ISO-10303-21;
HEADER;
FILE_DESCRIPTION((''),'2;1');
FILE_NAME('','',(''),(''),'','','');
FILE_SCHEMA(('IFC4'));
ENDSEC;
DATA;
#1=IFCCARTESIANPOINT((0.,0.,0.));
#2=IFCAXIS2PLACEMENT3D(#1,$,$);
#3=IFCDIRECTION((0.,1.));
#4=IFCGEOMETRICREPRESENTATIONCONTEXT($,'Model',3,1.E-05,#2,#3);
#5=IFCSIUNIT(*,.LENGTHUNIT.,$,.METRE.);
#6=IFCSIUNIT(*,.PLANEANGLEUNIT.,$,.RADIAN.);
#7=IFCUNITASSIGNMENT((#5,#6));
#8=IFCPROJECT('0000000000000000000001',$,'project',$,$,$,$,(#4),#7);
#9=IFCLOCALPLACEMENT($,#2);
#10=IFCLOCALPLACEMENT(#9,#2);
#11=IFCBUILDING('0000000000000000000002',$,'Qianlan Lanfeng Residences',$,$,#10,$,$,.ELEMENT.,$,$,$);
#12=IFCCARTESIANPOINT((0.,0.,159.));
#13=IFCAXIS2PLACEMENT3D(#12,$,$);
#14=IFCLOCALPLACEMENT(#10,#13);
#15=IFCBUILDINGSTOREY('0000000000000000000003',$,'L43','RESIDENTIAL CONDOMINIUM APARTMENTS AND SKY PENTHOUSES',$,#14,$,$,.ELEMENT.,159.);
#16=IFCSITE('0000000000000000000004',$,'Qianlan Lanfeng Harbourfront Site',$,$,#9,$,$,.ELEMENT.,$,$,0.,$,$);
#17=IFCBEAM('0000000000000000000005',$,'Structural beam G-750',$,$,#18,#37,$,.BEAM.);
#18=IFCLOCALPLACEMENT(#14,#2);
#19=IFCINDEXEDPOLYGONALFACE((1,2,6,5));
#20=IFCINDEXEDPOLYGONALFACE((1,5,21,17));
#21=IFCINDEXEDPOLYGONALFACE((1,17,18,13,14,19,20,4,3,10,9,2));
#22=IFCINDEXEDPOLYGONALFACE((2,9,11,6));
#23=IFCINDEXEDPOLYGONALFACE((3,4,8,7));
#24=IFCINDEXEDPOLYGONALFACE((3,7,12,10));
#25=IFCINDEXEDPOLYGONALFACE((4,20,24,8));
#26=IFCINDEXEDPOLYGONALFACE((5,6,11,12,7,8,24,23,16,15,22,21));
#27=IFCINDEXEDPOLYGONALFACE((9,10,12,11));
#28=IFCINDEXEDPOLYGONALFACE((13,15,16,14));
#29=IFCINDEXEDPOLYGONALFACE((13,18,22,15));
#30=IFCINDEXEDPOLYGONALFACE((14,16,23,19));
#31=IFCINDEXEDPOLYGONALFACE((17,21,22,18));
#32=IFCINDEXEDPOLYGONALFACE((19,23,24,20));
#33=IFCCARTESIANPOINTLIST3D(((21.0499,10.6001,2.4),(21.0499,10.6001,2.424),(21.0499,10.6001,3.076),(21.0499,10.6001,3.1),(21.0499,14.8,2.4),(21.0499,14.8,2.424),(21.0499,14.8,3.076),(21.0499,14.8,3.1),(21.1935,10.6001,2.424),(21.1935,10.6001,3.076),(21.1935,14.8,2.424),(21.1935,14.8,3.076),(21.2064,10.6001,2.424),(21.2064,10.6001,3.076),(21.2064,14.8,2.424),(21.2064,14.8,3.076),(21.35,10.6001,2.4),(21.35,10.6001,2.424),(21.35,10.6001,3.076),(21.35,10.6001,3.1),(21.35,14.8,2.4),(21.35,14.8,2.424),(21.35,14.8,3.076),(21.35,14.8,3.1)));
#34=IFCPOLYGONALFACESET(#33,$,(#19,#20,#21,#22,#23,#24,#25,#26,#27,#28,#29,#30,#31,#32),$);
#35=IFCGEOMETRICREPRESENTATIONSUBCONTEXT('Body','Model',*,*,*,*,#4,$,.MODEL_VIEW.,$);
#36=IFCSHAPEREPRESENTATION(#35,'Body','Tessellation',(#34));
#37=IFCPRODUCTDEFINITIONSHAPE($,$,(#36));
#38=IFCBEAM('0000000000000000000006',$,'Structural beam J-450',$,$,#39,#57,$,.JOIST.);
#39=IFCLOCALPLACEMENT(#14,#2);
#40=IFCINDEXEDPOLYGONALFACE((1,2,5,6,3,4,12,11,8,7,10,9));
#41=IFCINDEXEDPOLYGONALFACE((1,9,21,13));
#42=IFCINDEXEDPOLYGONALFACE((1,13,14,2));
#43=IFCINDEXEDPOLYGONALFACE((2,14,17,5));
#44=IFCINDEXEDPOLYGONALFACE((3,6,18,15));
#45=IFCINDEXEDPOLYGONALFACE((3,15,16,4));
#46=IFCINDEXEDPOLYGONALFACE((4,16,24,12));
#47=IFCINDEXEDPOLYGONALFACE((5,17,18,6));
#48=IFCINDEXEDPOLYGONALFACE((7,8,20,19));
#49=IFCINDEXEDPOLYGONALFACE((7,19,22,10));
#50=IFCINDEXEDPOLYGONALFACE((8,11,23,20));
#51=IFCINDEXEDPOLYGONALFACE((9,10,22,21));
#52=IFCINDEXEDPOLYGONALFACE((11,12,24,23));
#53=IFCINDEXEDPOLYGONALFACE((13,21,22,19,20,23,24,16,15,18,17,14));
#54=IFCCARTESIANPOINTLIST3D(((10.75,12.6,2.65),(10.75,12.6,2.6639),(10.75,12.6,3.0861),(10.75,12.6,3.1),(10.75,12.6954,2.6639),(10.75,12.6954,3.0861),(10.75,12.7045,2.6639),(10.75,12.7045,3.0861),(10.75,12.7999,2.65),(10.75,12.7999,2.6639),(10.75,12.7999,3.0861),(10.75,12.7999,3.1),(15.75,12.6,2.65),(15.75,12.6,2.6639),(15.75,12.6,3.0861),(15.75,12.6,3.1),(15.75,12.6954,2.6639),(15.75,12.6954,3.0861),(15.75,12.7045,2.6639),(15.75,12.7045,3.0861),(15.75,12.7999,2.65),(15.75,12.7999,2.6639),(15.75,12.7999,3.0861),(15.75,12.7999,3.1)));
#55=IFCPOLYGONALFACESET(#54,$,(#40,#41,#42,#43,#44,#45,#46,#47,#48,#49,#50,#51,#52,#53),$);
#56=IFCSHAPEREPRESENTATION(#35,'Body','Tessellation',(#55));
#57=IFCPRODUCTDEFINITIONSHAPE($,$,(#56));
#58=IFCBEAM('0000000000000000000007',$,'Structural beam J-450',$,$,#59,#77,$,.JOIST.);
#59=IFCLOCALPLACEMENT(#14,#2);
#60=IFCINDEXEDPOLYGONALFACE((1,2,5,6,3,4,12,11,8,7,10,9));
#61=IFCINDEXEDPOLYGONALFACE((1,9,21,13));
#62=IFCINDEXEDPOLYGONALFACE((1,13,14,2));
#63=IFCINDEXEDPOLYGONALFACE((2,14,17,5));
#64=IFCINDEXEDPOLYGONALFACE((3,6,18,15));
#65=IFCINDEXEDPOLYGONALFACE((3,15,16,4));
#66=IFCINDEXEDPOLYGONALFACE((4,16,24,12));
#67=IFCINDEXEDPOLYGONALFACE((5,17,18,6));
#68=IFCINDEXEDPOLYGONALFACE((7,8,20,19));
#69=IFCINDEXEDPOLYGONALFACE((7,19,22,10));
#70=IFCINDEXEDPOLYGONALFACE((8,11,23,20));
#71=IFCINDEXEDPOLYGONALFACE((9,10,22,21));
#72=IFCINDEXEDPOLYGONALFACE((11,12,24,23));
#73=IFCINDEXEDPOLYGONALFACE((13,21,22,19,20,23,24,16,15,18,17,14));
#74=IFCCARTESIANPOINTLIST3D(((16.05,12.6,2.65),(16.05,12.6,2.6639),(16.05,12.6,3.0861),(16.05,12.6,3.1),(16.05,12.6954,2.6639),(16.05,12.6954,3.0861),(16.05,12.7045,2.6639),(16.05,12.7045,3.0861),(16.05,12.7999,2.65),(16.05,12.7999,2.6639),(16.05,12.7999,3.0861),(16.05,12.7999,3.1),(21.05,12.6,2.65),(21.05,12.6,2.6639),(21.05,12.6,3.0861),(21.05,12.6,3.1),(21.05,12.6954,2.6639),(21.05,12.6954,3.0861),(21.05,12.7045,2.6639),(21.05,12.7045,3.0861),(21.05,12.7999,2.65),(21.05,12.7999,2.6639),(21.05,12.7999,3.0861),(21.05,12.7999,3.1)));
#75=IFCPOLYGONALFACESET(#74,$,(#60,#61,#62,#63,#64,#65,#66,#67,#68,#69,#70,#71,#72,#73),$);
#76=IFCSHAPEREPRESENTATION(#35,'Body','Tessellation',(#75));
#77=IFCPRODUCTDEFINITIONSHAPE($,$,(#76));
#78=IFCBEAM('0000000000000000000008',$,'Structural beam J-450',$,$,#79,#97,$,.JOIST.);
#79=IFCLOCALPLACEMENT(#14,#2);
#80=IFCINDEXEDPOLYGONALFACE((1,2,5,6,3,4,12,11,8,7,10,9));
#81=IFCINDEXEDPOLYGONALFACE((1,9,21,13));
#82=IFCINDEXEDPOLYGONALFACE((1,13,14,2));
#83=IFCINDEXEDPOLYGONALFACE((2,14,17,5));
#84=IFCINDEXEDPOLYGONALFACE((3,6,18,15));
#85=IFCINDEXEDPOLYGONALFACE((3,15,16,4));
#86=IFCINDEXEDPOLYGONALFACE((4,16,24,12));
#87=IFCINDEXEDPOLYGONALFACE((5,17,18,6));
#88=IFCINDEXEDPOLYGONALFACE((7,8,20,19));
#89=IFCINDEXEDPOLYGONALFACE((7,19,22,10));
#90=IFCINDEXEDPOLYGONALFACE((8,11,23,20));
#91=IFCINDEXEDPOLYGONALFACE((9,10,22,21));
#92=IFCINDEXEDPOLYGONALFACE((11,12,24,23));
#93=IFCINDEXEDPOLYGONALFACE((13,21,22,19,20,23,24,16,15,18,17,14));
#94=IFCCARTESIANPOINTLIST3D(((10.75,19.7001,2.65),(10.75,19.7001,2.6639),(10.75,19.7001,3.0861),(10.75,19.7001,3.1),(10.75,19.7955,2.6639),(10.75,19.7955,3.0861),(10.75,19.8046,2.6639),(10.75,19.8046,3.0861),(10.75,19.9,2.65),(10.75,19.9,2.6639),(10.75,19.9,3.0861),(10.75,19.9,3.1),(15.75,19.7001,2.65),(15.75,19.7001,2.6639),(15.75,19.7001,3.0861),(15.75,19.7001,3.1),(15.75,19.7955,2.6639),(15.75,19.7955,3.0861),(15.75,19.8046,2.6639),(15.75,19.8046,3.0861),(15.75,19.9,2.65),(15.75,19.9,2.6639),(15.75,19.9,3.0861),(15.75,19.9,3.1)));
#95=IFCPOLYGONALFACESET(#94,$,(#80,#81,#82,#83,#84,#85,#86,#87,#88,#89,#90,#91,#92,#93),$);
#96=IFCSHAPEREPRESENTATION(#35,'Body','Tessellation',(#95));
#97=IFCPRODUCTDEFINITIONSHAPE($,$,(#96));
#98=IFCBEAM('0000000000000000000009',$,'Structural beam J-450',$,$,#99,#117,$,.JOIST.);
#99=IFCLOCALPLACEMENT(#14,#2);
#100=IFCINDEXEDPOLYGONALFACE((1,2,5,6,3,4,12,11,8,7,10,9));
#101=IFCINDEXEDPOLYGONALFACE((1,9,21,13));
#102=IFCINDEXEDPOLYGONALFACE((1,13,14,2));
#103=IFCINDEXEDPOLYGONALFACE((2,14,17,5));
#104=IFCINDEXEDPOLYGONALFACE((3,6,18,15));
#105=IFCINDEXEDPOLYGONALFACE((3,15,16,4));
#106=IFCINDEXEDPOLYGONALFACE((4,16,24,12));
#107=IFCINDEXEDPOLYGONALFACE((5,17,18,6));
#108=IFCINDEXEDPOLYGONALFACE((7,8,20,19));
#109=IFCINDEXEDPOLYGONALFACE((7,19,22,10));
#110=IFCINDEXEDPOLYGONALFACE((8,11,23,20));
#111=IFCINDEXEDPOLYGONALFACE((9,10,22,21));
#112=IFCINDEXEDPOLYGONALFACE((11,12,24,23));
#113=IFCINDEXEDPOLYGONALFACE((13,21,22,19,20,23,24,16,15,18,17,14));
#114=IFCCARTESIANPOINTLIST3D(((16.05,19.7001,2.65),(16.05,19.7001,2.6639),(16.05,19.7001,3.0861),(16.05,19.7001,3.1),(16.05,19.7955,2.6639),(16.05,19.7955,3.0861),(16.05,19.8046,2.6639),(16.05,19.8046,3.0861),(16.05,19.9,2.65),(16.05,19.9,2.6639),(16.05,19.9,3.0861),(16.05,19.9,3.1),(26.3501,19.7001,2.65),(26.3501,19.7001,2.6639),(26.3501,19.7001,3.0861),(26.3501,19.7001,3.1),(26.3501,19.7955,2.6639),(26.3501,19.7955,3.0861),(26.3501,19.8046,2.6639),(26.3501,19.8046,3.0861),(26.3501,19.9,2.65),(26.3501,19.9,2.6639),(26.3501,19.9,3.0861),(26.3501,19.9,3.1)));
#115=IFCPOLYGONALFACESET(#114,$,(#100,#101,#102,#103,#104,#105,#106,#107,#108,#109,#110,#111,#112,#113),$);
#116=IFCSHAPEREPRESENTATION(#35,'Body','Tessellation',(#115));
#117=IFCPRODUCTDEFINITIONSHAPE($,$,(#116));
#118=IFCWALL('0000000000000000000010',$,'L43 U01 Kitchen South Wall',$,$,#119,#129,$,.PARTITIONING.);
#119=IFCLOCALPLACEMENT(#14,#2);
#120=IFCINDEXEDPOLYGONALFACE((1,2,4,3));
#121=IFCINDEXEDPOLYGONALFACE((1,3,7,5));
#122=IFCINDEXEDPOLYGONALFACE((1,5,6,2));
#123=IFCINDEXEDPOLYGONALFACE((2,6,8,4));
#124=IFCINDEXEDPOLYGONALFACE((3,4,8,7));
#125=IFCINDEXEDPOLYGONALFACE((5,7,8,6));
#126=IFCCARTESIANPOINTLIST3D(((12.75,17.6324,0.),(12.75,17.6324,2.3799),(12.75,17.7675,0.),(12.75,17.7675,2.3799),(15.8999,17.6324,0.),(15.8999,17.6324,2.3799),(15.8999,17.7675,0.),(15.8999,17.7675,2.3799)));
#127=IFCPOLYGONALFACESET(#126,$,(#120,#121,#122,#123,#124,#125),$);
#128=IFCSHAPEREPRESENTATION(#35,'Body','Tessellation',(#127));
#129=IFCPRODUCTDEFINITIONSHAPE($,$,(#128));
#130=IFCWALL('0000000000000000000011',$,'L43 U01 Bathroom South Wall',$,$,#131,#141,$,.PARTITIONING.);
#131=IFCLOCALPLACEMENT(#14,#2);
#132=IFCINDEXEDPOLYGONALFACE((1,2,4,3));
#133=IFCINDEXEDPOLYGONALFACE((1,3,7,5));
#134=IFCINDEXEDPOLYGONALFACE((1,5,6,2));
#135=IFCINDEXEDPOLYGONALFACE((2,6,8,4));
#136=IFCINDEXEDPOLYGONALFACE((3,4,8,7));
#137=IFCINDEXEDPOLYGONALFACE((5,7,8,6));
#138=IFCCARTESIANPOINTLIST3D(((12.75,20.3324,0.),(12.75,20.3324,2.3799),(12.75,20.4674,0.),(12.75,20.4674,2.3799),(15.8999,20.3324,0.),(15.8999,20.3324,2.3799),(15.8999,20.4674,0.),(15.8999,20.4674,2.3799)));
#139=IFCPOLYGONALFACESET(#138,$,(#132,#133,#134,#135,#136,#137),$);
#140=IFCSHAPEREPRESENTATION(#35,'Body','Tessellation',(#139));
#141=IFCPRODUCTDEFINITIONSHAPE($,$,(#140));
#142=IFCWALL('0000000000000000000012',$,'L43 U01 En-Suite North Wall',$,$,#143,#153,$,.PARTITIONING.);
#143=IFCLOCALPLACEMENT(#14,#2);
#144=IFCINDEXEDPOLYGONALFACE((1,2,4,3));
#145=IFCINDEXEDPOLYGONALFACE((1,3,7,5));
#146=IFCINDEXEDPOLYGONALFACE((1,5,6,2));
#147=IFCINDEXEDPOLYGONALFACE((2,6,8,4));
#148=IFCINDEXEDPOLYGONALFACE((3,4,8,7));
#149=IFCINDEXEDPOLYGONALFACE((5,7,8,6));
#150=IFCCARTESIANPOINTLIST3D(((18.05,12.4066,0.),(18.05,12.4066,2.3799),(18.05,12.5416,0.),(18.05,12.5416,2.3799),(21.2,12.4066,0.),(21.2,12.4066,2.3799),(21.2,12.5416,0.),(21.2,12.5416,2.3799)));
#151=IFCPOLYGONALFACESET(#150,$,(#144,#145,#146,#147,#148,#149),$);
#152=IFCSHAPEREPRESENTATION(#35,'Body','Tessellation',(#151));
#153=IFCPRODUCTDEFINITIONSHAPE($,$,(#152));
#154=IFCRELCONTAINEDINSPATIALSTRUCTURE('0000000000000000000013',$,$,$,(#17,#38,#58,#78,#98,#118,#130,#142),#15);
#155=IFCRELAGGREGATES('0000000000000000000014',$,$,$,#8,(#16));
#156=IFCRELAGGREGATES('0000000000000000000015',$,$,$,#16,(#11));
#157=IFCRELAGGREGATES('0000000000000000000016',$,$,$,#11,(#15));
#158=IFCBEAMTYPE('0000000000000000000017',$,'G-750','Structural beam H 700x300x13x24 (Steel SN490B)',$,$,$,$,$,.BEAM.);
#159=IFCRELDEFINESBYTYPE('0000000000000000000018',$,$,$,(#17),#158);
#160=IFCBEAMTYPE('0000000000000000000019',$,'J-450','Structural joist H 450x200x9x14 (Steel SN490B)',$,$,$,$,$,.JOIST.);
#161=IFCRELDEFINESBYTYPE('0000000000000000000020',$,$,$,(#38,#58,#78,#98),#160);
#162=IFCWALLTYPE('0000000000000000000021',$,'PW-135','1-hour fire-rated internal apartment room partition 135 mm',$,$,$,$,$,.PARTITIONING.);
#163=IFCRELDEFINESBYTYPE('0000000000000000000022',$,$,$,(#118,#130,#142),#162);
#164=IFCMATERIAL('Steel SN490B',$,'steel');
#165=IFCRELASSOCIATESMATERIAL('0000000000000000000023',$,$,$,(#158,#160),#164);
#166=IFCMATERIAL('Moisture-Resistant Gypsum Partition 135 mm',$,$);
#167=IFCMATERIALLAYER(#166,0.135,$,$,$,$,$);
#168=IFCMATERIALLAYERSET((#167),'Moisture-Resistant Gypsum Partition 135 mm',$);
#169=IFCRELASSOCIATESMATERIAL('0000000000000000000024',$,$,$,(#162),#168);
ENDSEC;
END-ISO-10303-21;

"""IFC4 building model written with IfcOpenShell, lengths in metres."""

from ifc_helpers import new_model, si_unit, direction, frame, frame_2d, origin, origin_2d, place, context, subcontext, project, spatial, rectangle, i_section, extrude, material, layer, layer_set, material_profile, profile_set, type_object, element, save


model = new_model("IFC4")

# Units and contexts
model_context = context("Model", 3, precision=1e-05, world=origin(), true_north=direction((0.0, 1.0)))
body_context = subcontext(model_context, "Body", "Model", "MODEL_VIEW")
ifc_project = project(units=[si_unit("LENGTHUNIT", "METRE"), si_unit("PLANEANGLEUNIT", "RADIAN")], contexts=[model_context])

# Site, building, storey
site_placement = place(None, origin())
site = spatial("IfcSite", under=ifc_project, at=site_placement, Name="Qianlan Lanfeng Harbourfront Site", CompositionType="ELEMENT", RefElevation=0.0)
building_placement = place(site_placement, origin())
building = spatial("IfcBuilding", under=site, at=building_placement, Name="Qianlan Lanfeng Residences", CompositionType="ELEMENT")
storey_placement = place(building_placement, frame((0.0, 0.0, 159.0)))
storey = spatial("IfcBuildingStorey", under=building, at=storey_placement, Name="L43", Description="RESIDENTIAL CONDOMINIUM APARTMENTS AND SKY PENTHOUSES", CompositionType="ELEMENT", Elevation=159.0)

# Shared definitions
ifc_material_1 = material(Name="Steel SN490B", Category="steel")

# Beams
ifc_material_profile_1 = material_profile(ifc_material_1, i_section(OverallWidth=0.3, OverallDepth=0.7, WebThickness=0.0129, FlangeThickness=0.0239, at=origin_2d()), Name="H 700x300x13x24")
ifc_profile_set_1 = profile_set([ifc_material_profile_1], Name="Steel SN490B")
beam_type_1 = type_object("IfcBeamType", Name="G-750", Description="Structural beam H 700x300x13x24 (Steel SN490B)", PredefinedType="BEAM", material=ifc_profile_set_1)
beam_1_placement = place(storey_placement, frame((21.2, 10.6001, 2.75), z_axis=(0.0, 1.0, 0.0), x_axis=(-1.0, 0.0, 0.0)))
element("IfcBeam", 1, at=beam_1_placement, inside=storey, type_object=beam_type_1, Name="Structural beam G-750", PredefinedType="BEAM", context=body_context, shape_type="SweptSolid", body=[
    extrude(i_section(OverallWidth=0.3, OverallDepth=0.7, WebThickness=0.0129, FlangeThickness=0.0239, at=origin_2d()), origin(), (0.0, 0.0, 1.0), 4.2),
])
ifc_material_profile_2 = material_profile(ifc_material_1, i_section(OverallWidth=0.2, OverallDepth=0.45, WebThickness=0.009, FlangeThickness=0.0139, at=origin_2d()), Name="H 450x200x9x14")
ifc_profile_set_2 = profile_set([ifc_material_profile_2], Name="Steel SN490B")
beam_type_2 = type_object("IfcBeamType", Name="J-450", Description="Structural joist H 450x200x9x14 (Steel SN490B)", PredefinedType="JOIST", material=ifc_profile_set_2)
for number, where, z_axis, x_axis, name in (
    (2, (10.75, 12.7, 2.875), (1.0, 0.0, 0.0), (0.0, 1.0, 0.0), "Structural beam J-450"),
    (3, (16.05, 12.7, 2.875), (1.0, 0.0, 0.0), (0.0, 1.0, 0.0), "Structural beam J-450"),
    (4, (10.75, 19.8, 2.875), (1.0, 0.0, 0.0), (0.0, 1.0, 0.0), "Structural beam J-450"),
):
    element("IfcBeam", number, at=place(storey_placement, frame(where, z_axis=z_axis, x_axis=x_axis)), inside=storey, type_object=beam_type_2, Name=name, PredefinedType="JOIST", context=body_context, shape_type="SweptSolid", body=[
        extrude(i_section(OverallWidth=0.2, OverallDepth=0.45, WebThickness=0.009, FlangeThickness=0.0139, at=origin_2d()), origin(), (0.0, 0.0, 1.0), 5.0),
    ])
beam_2_placement = place(storey_placement, frame((16.05, 19.8, 2.875), z_axis=(1.0, 0.0, 0.0), x_axis=(0.0, 1.0, 0.0)))
element("IfcBeam", 5, at=beam_2_placement, inside=storey, type_object=beam_type_2, Name="Structural beam J-450", PredefinedType="JOIST", context=body_context, shape_type="SweptSolid", body=[
    extrude(i_section(OverallWidth=0.2, OverallDepth=0.45, WebThickness=0.009, FlangeThickness=0.0139, at=origin_2d()), origin(), (0.0, 0.0, 1.0), 10.3),
])

# Shared definitions
ifc_material_2 = material(Name="Moisture-Resistant Gypsum Partition 135 mm")
ifc_layer_1 = layer(ifc_material_2, 0.135)
ifc_layer_set_1 = layer_set([ifc_layer_1], Name="Moisture-Resistant Gypsum Partition 135 mm")
wall_type_1 = type_object("IfcWallType", Name="PW-135", Description="1-hour fire-rated internal apartment room partition 135 mm", PredefinedType="PARTITIONING", material=ifc_layer_set_1)

# Walls
for number, where, z_axis, x_axis, name in (
    (6, (12.75, 17.7, 0.0), (0.0, 0.0, 1.0), (1.0, 0.0, 0.0), "L43 U01 Kitchen South Wall"),
    (7, (12.75, 20.3999, 0.0), (0.0, 0.0, 1.0), (1.0, 0.0, 0.0), "L43 U01 Bathroom South Wall"),
    (8, (18.05, 12.4741, 0.0), (0.0, 0.0, 1.0), (1.0, 0.0, 0.0), "L43 U01 En-Suite North Wall"),
):
    element("IfcWall", number, at=place(storey_placement, frame(where, z_axis=z_axis, x_axis=x_axis)), inside=storey, type_object=wall_type_1, Name=name, PredefinedType="PARTITIONING", context=body_context, shape_type="SweptSolid", body=[
        extrude(rectangle(XDim=3.1499, YDim=0.135, at=frame_2d((1.575, 0.0))), origin(), (0.0, 0.0, 1.0), 2.3799),
    ])

save(model, "model.ifc")
